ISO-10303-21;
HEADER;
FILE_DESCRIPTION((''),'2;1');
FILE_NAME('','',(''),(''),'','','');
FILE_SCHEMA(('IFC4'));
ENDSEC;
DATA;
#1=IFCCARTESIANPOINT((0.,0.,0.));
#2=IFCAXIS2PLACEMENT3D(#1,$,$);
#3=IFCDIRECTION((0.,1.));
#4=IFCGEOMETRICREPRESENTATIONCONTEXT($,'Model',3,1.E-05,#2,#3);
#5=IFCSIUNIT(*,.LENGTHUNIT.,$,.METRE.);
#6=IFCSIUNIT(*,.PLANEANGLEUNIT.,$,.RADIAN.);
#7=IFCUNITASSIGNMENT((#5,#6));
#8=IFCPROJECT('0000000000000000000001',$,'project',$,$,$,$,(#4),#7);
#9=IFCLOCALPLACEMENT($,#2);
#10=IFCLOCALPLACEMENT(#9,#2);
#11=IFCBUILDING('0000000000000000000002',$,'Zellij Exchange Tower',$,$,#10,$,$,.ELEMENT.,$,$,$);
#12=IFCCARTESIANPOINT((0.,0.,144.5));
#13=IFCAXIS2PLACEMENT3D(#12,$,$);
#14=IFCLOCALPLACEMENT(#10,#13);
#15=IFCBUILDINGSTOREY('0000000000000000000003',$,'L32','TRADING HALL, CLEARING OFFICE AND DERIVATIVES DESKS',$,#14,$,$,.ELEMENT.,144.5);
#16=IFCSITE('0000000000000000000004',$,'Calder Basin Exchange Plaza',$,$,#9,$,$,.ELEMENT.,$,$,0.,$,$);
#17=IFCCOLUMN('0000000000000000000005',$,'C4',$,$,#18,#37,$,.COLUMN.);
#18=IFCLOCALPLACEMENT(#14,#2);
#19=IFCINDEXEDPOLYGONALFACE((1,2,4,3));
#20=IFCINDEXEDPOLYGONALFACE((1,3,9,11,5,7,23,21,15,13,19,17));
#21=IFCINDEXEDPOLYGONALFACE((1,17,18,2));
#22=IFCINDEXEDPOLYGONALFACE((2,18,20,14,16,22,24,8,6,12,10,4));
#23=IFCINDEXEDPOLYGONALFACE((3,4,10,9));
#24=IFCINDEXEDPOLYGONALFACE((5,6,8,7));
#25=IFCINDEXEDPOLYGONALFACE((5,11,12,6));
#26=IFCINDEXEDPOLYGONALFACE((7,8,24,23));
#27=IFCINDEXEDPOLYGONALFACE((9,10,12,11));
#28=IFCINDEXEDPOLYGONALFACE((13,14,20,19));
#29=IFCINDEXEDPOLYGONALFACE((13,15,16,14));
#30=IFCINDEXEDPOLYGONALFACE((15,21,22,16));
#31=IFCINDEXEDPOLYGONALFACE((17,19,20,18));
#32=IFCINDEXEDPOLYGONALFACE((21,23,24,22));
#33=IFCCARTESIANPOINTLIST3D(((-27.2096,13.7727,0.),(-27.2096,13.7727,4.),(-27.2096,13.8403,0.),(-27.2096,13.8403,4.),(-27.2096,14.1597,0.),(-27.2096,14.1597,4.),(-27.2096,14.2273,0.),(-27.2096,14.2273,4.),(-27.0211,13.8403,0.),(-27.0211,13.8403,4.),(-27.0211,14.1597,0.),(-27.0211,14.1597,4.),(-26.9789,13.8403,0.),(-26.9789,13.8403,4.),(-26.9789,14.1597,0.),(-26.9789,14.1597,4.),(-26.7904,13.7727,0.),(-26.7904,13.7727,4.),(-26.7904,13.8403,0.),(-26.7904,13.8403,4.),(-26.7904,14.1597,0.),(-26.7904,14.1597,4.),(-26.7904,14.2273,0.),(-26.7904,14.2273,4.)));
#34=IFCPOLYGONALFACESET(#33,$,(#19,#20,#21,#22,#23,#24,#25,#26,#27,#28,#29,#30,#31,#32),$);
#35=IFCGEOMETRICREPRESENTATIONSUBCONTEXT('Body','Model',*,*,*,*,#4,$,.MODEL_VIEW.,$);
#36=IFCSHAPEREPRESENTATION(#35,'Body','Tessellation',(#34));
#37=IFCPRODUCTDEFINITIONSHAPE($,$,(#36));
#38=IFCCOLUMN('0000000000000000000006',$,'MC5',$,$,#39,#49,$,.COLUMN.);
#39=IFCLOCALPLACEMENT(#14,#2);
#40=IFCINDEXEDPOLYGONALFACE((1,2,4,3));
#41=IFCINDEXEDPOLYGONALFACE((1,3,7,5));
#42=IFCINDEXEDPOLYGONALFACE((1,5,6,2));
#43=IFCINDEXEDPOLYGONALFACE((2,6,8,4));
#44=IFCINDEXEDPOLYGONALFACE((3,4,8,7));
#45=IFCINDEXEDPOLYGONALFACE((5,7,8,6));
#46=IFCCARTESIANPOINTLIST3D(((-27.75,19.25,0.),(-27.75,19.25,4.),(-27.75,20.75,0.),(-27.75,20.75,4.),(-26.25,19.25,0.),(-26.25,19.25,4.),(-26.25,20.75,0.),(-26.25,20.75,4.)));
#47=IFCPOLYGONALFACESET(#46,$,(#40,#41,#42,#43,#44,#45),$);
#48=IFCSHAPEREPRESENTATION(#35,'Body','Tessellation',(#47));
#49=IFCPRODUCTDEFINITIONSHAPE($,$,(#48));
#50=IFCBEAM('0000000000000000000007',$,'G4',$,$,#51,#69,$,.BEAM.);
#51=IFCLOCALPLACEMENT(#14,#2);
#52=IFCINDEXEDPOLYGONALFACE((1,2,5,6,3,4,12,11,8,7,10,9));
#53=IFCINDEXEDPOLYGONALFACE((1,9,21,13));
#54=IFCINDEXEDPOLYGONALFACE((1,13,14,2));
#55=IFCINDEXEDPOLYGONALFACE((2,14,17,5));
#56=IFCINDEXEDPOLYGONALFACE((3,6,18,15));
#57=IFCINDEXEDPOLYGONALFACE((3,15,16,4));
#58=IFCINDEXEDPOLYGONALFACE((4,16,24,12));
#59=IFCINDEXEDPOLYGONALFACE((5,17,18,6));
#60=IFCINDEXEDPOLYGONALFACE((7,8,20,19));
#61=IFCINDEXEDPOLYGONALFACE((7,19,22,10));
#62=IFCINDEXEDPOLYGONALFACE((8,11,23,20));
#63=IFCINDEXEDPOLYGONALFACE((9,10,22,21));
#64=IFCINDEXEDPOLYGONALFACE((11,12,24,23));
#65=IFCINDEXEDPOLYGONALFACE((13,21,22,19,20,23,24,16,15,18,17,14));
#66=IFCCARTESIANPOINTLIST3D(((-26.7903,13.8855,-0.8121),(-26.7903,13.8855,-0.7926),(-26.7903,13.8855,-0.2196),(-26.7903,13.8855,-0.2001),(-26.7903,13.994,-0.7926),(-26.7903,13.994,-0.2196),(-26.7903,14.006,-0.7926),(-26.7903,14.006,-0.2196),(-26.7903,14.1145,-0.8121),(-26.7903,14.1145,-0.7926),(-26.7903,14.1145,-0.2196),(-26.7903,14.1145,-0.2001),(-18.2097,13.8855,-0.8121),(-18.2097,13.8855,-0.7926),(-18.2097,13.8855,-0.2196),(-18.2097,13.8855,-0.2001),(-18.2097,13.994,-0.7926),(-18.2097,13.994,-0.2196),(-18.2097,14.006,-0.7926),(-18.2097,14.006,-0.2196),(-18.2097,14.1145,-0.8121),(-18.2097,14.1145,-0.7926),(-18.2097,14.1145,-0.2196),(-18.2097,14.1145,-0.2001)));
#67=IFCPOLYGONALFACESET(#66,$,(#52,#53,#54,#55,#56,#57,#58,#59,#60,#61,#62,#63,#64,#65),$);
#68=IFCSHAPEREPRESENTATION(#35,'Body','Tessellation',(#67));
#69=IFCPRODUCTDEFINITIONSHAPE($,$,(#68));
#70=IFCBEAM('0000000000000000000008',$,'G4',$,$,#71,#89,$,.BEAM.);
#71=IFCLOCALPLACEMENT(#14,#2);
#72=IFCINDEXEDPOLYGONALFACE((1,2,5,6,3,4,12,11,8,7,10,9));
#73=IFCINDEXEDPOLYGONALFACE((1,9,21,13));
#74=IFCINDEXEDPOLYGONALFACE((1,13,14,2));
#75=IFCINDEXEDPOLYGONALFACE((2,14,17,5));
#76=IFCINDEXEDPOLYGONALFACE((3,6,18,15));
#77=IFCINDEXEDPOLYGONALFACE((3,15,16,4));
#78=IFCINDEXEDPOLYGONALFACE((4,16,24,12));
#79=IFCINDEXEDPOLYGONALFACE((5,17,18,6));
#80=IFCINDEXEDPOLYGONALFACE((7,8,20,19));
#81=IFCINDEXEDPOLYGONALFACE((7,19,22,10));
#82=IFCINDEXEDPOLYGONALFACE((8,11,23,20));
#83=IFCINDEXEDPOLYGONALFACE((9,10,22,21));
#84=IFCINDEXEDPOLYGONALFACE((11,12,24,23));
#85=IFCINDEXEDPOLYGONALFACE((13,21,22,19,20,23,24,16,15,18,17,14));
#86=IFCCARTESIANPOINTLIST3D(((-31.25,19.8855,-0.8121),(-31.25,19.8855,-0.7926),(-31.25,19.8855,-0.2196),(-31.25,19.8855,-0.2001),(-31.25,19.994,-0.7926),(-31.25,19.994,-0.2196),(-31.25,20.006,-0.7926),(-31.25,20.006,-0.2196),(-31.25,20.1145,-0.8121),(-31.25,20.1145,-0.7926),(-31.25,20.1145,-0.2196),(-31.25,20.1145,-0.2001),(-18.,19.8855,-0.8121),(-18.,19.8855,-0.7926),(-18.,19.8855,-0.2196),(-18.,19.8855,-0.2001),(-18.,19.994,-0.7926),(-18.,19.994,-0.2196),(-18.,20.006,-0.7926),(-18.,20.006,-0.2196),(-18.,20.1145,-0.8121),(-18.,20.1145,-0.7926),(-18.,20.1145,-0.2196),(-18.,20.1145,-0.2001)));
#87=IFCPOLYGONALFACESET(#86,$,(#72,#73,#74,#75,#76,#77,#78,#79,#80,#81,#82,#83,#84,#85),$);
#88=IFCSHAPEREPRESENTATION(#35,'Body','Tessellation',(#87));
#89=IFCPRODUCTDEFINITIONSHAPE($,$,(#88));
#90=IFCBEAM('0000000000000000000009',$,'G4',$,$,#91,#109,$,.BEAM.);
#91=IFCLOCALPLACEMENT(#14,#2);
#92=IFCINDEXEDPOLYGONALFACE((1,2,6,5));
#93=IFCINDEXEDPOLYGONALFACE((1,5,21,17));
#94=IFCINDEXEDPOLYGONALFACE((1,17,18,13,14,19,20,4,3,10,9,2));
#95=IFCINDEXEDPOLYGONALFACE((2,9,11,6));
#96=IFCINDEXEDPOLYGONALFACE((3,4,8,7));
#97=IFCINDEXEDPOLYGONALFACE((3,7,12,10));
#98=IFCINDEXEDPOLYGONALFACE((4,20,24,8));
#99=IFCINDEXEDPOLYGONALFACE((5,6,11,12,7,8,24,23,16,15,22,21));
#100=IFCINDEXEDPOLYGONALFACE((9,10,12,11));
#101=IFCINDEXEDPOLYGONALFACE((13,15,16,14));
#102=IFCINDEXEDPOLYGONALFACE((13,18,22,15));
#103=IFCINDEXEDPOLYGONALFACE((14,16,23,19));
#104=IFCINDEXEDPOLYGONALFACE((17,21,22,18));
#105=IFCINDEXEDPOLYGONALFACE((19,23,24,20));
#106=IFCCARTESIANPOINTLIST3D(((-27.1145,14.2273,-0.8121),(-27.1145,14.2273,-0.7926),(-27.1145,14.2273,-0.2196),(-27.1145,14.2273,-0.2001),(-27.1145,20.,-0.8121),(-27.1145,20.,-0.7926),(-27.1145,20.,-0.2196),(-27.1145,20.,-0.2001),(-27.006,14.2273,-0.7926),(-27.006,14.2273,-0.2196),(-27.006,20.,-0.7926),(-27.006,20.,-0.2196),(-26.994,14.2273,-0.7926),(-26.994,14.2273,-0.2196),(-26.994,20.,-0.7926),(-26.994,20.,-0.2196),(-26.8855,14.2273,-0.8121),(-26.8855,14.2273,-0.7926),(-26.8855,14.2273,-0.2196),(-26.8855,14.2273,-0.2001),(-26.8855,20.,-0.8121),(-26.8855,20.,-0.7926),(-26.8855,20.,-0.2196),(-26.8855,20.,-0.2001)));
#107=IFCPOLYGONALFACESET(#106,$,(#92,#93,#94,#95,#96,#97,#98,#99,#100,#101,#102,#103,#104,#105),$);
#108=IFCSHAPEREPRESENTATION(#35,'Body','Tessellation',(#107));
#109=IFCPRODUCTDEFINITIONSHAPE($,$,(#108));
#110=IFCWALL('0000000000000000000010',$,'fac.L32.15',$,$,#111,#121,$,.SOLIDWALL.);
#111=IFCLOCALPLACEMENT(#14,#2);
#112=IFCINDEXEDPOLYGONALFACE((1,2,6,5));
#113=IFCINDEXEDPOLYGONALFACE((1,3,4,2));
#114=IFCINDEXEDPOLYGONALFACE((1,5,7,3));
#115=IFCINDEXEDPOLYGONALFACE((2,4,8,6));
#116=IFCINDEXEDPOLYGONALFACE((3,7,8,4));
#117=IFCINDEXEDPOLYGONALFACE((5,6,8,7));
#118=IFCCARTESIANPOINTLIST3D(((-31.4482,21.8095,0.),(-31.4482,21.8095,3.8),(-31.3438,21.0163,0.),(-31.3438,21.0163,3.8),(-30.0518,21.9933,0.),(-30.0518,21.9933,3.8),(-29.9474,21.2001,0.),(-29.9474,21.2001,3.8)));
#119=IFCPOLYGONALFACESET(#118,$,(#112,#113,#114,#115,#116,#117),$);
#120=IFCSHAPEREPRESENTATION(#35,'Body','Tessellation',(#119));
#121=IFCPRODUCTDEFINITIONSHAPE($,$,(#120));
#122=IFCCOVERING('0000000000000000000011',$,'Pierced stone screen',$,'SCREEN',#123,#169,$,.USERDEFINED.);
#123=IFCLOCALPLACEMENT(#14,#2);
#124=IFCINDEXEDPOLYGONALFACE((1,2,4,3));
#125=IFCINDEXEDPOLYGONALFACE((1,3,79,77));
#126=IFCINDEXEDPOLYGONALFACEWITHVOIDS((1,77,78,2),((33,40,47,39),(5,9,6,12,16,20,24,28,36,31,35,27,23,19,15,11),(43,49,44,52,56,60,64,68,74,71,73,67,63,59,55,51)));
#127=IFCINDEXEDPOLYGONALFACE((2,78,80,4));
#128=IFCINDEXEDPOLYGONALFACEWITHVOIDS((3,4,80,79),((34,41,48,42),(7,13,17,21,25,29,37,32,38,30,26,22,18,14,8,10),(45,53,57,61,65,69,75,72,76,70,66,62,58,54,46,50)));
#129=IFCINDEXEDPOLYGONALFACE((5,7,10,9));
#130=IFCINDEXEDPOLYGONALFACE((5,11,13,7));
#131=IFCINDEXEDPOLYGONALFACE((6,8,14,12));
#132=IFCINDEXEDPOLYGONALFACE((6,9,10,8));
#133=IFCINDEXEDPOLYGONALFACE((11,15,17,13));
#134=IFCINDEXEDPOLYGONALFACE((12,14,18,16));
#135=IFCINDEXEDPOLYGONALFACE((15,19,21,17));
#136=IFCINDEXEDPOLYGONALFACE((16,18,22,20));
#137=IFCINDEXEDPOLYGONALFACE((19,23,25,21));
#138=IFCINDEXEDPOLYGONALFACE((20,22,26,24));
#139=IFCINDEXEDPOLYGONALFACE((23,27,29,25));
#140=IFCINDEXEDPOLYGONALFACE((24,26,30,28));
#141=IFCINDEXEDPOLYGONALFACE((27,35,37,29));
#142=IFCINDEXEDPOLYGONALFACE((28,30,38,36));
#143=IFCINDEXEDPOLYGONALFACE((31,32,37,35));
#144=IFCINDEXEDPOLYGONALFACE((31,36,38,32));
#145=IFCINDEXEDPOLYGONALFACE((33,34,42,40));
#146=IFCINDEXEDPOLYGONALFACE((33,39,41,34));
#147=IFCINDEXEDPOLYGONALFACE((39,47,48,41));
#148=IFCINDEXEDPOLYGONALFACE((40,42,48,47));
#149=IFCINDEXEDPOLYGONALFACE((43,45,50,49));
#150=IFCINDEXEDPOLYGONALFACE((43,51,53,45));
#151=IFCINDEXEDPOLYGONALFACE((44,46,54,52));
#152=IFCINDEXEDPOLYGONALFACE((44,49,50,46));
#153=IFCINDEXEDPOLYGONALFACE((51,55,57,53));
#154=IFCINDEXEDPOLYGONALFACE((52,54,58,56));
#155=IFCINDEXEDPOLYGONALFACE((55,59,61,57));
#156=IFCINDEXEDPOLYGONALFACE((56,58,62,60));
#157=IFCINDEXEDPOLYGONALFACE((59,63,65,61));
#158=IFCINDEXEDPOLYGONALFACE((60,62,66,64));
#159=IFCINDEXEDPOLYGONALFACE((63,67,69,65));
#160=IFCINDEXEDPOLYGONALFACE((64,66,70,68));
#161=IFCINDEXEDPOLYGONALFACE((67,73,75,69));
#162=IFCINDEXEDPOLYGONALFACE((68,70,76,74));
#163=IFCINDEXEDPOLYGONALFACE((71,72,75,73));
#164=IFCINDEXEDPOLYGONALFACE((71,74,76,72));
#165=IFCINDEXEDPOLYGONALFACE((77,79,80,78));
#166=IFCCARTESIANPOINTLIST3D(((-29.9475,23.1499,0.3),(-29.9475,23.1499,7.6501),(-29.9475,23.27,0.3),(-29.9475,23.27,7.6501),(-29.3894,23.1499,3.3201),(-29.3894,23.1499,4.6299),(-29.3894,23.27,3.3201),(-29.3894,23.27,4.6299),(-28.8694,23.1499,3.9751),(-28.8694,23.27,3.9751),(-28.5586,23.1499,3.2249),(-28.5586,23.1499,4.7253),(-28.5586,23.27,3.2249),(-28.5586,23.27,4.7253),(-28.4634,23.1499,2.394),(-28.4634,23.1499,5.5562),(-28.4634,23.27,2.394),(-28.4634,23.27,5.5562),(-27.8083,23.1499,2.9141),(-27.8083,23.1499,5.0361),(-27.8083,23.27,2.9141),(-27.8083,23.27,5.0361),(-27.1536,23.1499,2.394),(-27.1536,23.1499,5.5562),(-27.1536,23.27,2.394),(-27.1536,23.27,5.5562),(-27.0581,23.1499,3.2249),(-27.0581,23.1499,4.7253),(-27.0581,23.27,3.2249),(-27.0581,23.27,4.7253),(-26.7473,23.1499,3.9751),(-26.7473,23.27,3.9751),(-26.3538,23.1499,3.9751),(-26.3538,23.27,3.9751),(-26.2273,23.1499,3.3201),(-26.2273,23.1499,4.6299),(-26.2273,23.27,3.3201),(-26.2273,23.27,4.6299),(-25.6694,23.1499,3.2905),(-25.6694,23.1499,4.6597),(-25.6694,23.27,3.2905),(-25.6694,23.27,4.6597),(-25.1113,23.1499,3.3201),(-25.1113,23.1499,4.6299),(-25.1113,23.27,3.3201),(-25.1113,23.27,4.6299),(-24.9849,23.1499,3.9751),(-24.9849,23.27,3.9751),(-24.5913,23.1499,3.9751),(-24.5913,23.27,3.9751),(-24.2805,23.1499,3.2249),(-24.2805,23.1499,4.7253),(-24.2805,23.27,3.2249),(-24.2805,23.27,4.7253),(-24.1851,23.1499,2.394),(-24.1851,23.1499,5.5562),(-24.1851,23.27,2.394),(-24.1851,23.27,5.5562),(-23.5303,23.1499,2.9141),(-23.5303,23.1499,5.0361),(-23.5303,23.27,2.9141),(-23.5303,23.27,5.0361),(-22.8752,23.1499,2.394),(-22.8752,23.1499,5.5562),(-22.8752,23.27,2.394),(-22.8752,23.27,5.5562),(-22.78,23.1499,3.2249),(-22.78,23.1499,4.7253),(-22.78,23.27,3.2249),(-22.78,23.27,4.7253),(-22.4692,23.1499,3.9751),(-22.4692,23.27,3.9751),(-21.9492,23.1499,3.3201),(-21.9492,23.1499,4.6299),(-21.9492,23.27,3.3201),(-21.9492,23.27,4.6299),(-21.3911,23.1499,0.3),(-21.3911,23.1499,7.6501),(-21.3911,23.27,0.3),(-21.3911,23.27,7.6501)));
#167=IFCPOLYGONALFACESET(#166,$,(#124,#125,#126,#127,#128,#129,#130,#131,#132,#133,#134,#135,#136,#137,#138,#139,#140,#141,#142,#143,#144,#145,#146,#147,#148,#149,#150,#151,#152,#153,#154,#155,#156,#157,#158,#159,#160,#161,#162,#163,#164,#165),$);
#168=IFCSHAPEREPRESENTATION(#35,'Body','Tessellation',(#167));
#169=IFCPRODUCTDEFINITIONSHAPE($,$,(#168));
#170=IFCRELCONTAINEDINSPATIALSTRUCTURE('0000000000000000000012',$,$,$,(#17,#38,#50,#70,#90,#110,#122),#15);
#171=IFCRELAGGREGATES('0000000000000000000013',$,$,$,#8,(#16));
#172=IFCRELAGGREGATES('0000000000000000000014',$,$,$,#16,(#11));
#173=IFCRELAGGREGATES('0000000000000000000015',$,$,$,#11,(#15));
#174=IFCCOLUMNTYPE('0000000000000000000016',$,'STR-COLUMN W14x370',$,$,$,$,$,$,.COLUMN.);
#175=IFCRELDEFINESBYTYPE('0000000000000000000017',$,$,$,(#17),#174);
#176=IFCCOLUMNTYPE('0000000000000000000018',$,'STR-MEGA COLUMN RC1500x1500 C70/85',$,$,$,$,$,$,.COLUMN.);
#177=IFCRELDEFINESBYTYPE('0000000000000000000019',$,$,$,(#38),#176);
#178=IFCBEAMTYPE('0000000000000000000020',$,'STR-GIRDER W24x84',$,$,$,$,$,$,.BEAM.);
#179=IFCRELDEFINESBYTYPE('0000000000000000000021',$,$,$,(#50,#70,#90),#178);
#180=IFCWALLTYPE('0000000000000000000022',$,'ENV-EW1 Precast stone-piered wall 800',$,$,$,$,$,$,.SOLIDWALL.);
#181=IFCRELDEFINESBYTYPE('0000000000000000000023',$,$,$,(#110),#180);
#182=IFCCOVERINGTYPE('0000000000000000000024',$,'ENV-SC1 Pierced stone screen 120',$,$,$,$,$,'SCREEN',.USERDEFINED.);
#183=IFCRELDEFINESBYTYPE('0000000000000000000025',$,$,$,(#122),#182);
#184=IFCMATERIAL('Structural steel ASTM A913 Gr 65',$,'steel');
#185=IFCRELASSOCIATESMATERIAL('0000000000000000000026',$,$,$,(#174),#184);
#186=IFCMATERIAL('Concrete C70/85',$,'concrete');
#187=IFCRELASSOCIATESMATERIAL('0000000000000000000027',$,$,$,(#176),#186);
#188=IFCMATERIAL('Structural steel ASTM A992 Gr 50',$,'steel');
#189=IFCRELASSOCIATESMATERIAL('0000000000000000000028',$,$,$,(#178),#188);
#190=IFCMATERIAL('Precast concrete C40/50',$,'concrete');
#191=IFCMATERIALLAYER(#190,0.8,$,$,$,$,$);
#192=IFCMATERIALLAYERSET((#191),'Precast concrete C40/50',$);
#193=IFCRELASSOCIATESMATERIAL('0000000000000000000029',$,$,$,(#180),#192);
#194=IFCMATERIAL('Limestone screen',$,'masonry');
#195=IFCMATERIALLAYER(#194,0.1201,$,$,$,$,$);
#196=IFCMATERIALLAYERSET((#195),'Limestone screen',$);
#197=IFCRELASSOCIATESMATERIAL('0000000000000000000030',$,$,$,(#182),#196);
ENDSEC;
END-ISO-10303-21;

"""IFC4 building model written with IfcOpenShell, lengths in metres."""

from ifc_helpers import new_model, si_unit, direction, frame, frame_2d, origin, origin_2d, place, context, subcontext, project, spatial, polyline, rectangle, i_section, outline, extrude, material, layer, layer_set, material_profile, profile_set, type_object, element, save


model = new_model("IFC4")

# Units and contexts
model_context = context("Model", 3, precision=1e-05, world=origin(), true_north=direction((0.0, 1.0)))
body_context = subcontext(model_context, "Body", "Model", "MODEL_VIEW")
ifc_project = project(units=[si_unit("LENGTHUNIT", "METRE"), si_unit("PLANEANGLEUNIT", "RADIAN")], contexts=[model_context])

# Site, building, storey
site_placement = place(None, origin())
site = spatial("IfcSite", under=ifc_project, at=site_placement, Name="Calder Basin Exchange Plaza", CompositionType="ELEMENT", RefElevation=0.0)
building_placement = place(site_placement, origin())
building = spatial("IfcBuilding", under=site, at=building_placement, Name="Zellij Exchange Tower", CompositionType="ELEMENT")
storey_placement = place(building_placement, frame((0.0, 0.0, 144.5)))
storey = spatial("IfcBuildingStorey", under=building, at=storey_placement, Name="L32", Description="TRADING HALL, CLEARING OFFICE AND DERIVATIVES DESKS", CompositionType="ELEMENT", Elevation=144.5)

# Columns
ifc_material_1 = material(Name="Structural steel ASTM A913 Gr 65", Category="steel")
ifc_material_profile_1 = material_profile(ifc_material_1, i_section(OverallWidth=0.4192, OverallDepth=0.4546, WebThickness=0.0422, FlangeThickness=0.0676, at=origin_2d()), Name="W14x370")
ifc_profile_set_1 = profile_set([ifc_material_profile_1], Name="Structural steel ASTM A913 Gr 65")
column_type_1 = type_object("IfcColumnType", Name="STR-COLUMN W14x370", PredefinedType="COLUMN", material=ifc_profile_set_1)
column_1_placement = place(storey_placement, frame((-27.0, 14.0, 0.0), z_axis=(0.0, 0.0, 1.0), x_axis=(1.0, 0.0, 0.0)))
element("IfcColumn", 1, at=column_1_placement, inside=storey, type_object=column_type_1, Name="C4", PredefinedType="COLUMN", context=body_context, shape_type="SweptSolid", body=[
    extrude(i_section(OverallWidth=0.4192, OverallDepth=0.4546, WebThickness=0.0422, FlangeThickness=0.0676, at=origin_2d()), origin(), (0.0, 0.0, 1.0), 4.0),
])
ifc_material_2 = material(Name="Concrete C70/85", Category="concrete")
ifc_material_profile_2 = material_profile(ifc_material_2, rectangle(XDim=1.5, YDim=1.5, at=origin_2d()), Name="STR-MEGA COLUMN RC1500x1500 C70/85")
ifc_profile_set_2 = profile_set([ifc_material_profile_2], Name="Concrete C70/85")
column_type_2 = type_object("IfcColumnType", Name="STR-MEGA COLUMN RC1500x1500 C70/85", PredefinedType="COLUMN", material=ifc_profile_set_2)
column_2_placement = place(storey_placement, frame((-27.0, 20.0, 0.0), z_axis=(0.0, 0.0, 1.0), x_axis=(1.0, 0.0, 0.0)))
element("IfcColumn", 2, at=column_2_placement, inside=storey, type_object=column_type_2, Name="MC5", PredefinedType="COLUMN", context=body_context, shape_type="SweptSolid", body=[
    extrude(rectangle(XDim=1.5, YDim=1.5, at=origin_2d()), origin(), (0.0, 0.0, 1.0), 4.0),
])

# Beams
ifc_material_3 = material(Name="Structural steel ASTM A992 Gr 50", Category="steel")
ifc_material_profile_3 = material_profile(ifc_material_3, i_section(OverallWidth=0.229, OverallDepth=0.6121, WebThickness=0.012, FlangeThickness=0.0195, at=origin_2d()), Name="W24x84")
ifc_profile_set_3 = profile_set([ifc_material_profile_3], Name="Structural steel ASTM A992 Gr 50")
beam_type = type_object("IfcBeamType", Name="STR-GIRDER W24x84", PredefinedType="BEAM", material=ifc_profile_set_3)
beam_1_placement = place(storey_placement, frame((-26.7903, 14.0, -0.5061), z_axis=(1.0, 0.0, 0.0), x_axis=(0.0, 1.0, 0.0)))
element("IfcBeam", 3, at=beam_1_placement, inside=storey, type_object=beam_type, Name="G4", PredefinedType="BEAM", context=body_context, shape_type="SweptSolid", body=[
    extrude(i_section(OverallWidth=0.229, OverallDepth=0.6121, WebThickness=0.012, FlangeThickness=0.0195, at=origin_2d()), origin(), (0.0, 0.0, 1.0), 8.5806),
])
beam_2_placement = place(storey_placement, frame((-31.25, 20.0, -0.5061), z_axis=(1.0, 0.0, 0.0), x_axis=(0.0, 1.0, 0.0)))
element("IfcBeam", 4, at=beam_2_placement, inside=storey, type_object=beam_type, Name="G4", PredefinedType="BEAM", context=body_context, shape_type="SweptSolid", body=[
    extrude(i_section(OverallWidth=0.229, OverallDepth=0.6121, WebThickness=0.012, FlangeThickness=0.0195, at=origin_2d()), origin(), (0.0, 0.0, 1.0), 13.25),
])
beam_3_placement = place(storey_placement, frame((-27.0, 14.2273, -0.5061), z_axis=(0.0, 1.0, 0.0), x_axis=(-1.0, 0.0, 0.0)))
element("IfcBeam", 5, at=beam_3_placement, inside=storey, type_object=beam_type, Name="G4", PredefinedType="BEAM", context=body_context, shape_type="SweptSolid", body=[
    extrude(i_section(OverallWidth=0.229, OverallDepth=0.6121, WebThickness=0.012, FlangeThickness=0.0195, at=origin_2d()), origin(), (0.0, 0.0, 1.0), 5.7727),
])

# Wall
ifc_material_4 = material(Name="Precast concrete C40/50", Category="concrete")
ifc_layer_1 = layer(ifc_material_4, 0.8)
ifc_layer_set_1 = layer_set([ifc_layer_1], Name="Precast concrete C40/50")
wall_type = type_object("IfcWallType", Name="ENV-EW1 Precast stone-piered wall 800", PredefinedType="SOLIDWALL", material=ifc_layer_set_1)
wall_placement = place(storey_placement, frame((-29.9998, 21.5967, 0.0), z_axis=(0.0, 0.0, 1.0), x_axis=(-0.991446, -0.130517, 0.0)))
element("IfcWall", 6, at=wall_placement, inside=storey, type_object=wall_type, Name="fac.L32.15", PredefinedType="SOLIDWALL", context=body_context, shape_type="SweptSolid", body=[
    extrude(rectangle(XDim=1.4084, YDim=0.8, at=frame_2d((0.7041, 0.0))), origin(), (0.0, 0.0, 1.0), 3.8),
])

# Covering
ifc_material_5 = material(Name="Limestone screen", Category="masonry")
ifc_layer_2 = layer(ifc_material_5, 0.1201)
ifc_layer_set_2 = layer_set([ifc_layer_2], Name="Limestone screen")
covering_type = type_object("IfcCoveringType", Name="ENV-SC1 Pierced stone screen 120", ElementType="SCREEN", PredefinedType="USERDEFINED", material=ifc_layer_set_2)
covering_placement = place(storey_placement, frame((-21.3911, 23.21, 0.3), z_axis=(0.0, 0.0, 1.0), x_axis=(-1.0, 0.0, 0.0)))
element("IfcCovering", 7, at=covering_placement, inside=storey, type_object=covering_type, Name="Pierced stone screen", ObjectType="SCREEN", PredefinedType="USERDEFINED", context=body_context, shape_type="SweptSolid", body=[
    extrude(outline(polyline([(0.0, 0.0), (8.5564, 0.0), (8.5564, 7.3501), (0.0, 7.3501), (0.0, 0.0)]), holes=[polyline([(3.7202, 4.3298), (2.8894, 4.4253), (2.7939, 5.2561), (2.1392, 4.7361), (1.4841, 5.2561), (1.3889, 4.4253), (0.5581, 4.3298), (1.0781, 3.675), (0.5581, 3.02), (1.3889, 2.9248), (1.4841, 2.094), (2.1392, 2.614), (2.7939, 2.094), (2.8894, 2.9248), (3.7202, 3.02), (3.2002, 3.675), (3.7202, 4.3298)]), polyline([(7.9983, 4.3298), (7.1675, 4.4253), (7.0723, 5.2561), (6.4172, 4.7361), (5.7625, 5.2561), (5.667, 4.4253), (4.8362, 4.3298), (5.3562, 3.675), (4.8362, 3.02), (5.667, 2.9248), (5.7625, 2.094), (6.4172, 2.614), (7.0723, 2.094), (7.1675, 2.9248), (7.9983, 3.02), (7.4783, 3.675), (7.9983, 4.3298)]), polyline([(4.9626, 3.675), (4.2783, 4.3596), (3.5938, 3.675), (4.2783, 2.9905), (4.9626, 3.675)])]), frame((0.0, 0.0601, 0.0), z_axis=(0.0, -1.0, 0.0), x_axis=(1.0, 0.0, 0.0)), (0.0, 0.0, 1.0), 0.1201),
])

save(model, "model.ifc")
